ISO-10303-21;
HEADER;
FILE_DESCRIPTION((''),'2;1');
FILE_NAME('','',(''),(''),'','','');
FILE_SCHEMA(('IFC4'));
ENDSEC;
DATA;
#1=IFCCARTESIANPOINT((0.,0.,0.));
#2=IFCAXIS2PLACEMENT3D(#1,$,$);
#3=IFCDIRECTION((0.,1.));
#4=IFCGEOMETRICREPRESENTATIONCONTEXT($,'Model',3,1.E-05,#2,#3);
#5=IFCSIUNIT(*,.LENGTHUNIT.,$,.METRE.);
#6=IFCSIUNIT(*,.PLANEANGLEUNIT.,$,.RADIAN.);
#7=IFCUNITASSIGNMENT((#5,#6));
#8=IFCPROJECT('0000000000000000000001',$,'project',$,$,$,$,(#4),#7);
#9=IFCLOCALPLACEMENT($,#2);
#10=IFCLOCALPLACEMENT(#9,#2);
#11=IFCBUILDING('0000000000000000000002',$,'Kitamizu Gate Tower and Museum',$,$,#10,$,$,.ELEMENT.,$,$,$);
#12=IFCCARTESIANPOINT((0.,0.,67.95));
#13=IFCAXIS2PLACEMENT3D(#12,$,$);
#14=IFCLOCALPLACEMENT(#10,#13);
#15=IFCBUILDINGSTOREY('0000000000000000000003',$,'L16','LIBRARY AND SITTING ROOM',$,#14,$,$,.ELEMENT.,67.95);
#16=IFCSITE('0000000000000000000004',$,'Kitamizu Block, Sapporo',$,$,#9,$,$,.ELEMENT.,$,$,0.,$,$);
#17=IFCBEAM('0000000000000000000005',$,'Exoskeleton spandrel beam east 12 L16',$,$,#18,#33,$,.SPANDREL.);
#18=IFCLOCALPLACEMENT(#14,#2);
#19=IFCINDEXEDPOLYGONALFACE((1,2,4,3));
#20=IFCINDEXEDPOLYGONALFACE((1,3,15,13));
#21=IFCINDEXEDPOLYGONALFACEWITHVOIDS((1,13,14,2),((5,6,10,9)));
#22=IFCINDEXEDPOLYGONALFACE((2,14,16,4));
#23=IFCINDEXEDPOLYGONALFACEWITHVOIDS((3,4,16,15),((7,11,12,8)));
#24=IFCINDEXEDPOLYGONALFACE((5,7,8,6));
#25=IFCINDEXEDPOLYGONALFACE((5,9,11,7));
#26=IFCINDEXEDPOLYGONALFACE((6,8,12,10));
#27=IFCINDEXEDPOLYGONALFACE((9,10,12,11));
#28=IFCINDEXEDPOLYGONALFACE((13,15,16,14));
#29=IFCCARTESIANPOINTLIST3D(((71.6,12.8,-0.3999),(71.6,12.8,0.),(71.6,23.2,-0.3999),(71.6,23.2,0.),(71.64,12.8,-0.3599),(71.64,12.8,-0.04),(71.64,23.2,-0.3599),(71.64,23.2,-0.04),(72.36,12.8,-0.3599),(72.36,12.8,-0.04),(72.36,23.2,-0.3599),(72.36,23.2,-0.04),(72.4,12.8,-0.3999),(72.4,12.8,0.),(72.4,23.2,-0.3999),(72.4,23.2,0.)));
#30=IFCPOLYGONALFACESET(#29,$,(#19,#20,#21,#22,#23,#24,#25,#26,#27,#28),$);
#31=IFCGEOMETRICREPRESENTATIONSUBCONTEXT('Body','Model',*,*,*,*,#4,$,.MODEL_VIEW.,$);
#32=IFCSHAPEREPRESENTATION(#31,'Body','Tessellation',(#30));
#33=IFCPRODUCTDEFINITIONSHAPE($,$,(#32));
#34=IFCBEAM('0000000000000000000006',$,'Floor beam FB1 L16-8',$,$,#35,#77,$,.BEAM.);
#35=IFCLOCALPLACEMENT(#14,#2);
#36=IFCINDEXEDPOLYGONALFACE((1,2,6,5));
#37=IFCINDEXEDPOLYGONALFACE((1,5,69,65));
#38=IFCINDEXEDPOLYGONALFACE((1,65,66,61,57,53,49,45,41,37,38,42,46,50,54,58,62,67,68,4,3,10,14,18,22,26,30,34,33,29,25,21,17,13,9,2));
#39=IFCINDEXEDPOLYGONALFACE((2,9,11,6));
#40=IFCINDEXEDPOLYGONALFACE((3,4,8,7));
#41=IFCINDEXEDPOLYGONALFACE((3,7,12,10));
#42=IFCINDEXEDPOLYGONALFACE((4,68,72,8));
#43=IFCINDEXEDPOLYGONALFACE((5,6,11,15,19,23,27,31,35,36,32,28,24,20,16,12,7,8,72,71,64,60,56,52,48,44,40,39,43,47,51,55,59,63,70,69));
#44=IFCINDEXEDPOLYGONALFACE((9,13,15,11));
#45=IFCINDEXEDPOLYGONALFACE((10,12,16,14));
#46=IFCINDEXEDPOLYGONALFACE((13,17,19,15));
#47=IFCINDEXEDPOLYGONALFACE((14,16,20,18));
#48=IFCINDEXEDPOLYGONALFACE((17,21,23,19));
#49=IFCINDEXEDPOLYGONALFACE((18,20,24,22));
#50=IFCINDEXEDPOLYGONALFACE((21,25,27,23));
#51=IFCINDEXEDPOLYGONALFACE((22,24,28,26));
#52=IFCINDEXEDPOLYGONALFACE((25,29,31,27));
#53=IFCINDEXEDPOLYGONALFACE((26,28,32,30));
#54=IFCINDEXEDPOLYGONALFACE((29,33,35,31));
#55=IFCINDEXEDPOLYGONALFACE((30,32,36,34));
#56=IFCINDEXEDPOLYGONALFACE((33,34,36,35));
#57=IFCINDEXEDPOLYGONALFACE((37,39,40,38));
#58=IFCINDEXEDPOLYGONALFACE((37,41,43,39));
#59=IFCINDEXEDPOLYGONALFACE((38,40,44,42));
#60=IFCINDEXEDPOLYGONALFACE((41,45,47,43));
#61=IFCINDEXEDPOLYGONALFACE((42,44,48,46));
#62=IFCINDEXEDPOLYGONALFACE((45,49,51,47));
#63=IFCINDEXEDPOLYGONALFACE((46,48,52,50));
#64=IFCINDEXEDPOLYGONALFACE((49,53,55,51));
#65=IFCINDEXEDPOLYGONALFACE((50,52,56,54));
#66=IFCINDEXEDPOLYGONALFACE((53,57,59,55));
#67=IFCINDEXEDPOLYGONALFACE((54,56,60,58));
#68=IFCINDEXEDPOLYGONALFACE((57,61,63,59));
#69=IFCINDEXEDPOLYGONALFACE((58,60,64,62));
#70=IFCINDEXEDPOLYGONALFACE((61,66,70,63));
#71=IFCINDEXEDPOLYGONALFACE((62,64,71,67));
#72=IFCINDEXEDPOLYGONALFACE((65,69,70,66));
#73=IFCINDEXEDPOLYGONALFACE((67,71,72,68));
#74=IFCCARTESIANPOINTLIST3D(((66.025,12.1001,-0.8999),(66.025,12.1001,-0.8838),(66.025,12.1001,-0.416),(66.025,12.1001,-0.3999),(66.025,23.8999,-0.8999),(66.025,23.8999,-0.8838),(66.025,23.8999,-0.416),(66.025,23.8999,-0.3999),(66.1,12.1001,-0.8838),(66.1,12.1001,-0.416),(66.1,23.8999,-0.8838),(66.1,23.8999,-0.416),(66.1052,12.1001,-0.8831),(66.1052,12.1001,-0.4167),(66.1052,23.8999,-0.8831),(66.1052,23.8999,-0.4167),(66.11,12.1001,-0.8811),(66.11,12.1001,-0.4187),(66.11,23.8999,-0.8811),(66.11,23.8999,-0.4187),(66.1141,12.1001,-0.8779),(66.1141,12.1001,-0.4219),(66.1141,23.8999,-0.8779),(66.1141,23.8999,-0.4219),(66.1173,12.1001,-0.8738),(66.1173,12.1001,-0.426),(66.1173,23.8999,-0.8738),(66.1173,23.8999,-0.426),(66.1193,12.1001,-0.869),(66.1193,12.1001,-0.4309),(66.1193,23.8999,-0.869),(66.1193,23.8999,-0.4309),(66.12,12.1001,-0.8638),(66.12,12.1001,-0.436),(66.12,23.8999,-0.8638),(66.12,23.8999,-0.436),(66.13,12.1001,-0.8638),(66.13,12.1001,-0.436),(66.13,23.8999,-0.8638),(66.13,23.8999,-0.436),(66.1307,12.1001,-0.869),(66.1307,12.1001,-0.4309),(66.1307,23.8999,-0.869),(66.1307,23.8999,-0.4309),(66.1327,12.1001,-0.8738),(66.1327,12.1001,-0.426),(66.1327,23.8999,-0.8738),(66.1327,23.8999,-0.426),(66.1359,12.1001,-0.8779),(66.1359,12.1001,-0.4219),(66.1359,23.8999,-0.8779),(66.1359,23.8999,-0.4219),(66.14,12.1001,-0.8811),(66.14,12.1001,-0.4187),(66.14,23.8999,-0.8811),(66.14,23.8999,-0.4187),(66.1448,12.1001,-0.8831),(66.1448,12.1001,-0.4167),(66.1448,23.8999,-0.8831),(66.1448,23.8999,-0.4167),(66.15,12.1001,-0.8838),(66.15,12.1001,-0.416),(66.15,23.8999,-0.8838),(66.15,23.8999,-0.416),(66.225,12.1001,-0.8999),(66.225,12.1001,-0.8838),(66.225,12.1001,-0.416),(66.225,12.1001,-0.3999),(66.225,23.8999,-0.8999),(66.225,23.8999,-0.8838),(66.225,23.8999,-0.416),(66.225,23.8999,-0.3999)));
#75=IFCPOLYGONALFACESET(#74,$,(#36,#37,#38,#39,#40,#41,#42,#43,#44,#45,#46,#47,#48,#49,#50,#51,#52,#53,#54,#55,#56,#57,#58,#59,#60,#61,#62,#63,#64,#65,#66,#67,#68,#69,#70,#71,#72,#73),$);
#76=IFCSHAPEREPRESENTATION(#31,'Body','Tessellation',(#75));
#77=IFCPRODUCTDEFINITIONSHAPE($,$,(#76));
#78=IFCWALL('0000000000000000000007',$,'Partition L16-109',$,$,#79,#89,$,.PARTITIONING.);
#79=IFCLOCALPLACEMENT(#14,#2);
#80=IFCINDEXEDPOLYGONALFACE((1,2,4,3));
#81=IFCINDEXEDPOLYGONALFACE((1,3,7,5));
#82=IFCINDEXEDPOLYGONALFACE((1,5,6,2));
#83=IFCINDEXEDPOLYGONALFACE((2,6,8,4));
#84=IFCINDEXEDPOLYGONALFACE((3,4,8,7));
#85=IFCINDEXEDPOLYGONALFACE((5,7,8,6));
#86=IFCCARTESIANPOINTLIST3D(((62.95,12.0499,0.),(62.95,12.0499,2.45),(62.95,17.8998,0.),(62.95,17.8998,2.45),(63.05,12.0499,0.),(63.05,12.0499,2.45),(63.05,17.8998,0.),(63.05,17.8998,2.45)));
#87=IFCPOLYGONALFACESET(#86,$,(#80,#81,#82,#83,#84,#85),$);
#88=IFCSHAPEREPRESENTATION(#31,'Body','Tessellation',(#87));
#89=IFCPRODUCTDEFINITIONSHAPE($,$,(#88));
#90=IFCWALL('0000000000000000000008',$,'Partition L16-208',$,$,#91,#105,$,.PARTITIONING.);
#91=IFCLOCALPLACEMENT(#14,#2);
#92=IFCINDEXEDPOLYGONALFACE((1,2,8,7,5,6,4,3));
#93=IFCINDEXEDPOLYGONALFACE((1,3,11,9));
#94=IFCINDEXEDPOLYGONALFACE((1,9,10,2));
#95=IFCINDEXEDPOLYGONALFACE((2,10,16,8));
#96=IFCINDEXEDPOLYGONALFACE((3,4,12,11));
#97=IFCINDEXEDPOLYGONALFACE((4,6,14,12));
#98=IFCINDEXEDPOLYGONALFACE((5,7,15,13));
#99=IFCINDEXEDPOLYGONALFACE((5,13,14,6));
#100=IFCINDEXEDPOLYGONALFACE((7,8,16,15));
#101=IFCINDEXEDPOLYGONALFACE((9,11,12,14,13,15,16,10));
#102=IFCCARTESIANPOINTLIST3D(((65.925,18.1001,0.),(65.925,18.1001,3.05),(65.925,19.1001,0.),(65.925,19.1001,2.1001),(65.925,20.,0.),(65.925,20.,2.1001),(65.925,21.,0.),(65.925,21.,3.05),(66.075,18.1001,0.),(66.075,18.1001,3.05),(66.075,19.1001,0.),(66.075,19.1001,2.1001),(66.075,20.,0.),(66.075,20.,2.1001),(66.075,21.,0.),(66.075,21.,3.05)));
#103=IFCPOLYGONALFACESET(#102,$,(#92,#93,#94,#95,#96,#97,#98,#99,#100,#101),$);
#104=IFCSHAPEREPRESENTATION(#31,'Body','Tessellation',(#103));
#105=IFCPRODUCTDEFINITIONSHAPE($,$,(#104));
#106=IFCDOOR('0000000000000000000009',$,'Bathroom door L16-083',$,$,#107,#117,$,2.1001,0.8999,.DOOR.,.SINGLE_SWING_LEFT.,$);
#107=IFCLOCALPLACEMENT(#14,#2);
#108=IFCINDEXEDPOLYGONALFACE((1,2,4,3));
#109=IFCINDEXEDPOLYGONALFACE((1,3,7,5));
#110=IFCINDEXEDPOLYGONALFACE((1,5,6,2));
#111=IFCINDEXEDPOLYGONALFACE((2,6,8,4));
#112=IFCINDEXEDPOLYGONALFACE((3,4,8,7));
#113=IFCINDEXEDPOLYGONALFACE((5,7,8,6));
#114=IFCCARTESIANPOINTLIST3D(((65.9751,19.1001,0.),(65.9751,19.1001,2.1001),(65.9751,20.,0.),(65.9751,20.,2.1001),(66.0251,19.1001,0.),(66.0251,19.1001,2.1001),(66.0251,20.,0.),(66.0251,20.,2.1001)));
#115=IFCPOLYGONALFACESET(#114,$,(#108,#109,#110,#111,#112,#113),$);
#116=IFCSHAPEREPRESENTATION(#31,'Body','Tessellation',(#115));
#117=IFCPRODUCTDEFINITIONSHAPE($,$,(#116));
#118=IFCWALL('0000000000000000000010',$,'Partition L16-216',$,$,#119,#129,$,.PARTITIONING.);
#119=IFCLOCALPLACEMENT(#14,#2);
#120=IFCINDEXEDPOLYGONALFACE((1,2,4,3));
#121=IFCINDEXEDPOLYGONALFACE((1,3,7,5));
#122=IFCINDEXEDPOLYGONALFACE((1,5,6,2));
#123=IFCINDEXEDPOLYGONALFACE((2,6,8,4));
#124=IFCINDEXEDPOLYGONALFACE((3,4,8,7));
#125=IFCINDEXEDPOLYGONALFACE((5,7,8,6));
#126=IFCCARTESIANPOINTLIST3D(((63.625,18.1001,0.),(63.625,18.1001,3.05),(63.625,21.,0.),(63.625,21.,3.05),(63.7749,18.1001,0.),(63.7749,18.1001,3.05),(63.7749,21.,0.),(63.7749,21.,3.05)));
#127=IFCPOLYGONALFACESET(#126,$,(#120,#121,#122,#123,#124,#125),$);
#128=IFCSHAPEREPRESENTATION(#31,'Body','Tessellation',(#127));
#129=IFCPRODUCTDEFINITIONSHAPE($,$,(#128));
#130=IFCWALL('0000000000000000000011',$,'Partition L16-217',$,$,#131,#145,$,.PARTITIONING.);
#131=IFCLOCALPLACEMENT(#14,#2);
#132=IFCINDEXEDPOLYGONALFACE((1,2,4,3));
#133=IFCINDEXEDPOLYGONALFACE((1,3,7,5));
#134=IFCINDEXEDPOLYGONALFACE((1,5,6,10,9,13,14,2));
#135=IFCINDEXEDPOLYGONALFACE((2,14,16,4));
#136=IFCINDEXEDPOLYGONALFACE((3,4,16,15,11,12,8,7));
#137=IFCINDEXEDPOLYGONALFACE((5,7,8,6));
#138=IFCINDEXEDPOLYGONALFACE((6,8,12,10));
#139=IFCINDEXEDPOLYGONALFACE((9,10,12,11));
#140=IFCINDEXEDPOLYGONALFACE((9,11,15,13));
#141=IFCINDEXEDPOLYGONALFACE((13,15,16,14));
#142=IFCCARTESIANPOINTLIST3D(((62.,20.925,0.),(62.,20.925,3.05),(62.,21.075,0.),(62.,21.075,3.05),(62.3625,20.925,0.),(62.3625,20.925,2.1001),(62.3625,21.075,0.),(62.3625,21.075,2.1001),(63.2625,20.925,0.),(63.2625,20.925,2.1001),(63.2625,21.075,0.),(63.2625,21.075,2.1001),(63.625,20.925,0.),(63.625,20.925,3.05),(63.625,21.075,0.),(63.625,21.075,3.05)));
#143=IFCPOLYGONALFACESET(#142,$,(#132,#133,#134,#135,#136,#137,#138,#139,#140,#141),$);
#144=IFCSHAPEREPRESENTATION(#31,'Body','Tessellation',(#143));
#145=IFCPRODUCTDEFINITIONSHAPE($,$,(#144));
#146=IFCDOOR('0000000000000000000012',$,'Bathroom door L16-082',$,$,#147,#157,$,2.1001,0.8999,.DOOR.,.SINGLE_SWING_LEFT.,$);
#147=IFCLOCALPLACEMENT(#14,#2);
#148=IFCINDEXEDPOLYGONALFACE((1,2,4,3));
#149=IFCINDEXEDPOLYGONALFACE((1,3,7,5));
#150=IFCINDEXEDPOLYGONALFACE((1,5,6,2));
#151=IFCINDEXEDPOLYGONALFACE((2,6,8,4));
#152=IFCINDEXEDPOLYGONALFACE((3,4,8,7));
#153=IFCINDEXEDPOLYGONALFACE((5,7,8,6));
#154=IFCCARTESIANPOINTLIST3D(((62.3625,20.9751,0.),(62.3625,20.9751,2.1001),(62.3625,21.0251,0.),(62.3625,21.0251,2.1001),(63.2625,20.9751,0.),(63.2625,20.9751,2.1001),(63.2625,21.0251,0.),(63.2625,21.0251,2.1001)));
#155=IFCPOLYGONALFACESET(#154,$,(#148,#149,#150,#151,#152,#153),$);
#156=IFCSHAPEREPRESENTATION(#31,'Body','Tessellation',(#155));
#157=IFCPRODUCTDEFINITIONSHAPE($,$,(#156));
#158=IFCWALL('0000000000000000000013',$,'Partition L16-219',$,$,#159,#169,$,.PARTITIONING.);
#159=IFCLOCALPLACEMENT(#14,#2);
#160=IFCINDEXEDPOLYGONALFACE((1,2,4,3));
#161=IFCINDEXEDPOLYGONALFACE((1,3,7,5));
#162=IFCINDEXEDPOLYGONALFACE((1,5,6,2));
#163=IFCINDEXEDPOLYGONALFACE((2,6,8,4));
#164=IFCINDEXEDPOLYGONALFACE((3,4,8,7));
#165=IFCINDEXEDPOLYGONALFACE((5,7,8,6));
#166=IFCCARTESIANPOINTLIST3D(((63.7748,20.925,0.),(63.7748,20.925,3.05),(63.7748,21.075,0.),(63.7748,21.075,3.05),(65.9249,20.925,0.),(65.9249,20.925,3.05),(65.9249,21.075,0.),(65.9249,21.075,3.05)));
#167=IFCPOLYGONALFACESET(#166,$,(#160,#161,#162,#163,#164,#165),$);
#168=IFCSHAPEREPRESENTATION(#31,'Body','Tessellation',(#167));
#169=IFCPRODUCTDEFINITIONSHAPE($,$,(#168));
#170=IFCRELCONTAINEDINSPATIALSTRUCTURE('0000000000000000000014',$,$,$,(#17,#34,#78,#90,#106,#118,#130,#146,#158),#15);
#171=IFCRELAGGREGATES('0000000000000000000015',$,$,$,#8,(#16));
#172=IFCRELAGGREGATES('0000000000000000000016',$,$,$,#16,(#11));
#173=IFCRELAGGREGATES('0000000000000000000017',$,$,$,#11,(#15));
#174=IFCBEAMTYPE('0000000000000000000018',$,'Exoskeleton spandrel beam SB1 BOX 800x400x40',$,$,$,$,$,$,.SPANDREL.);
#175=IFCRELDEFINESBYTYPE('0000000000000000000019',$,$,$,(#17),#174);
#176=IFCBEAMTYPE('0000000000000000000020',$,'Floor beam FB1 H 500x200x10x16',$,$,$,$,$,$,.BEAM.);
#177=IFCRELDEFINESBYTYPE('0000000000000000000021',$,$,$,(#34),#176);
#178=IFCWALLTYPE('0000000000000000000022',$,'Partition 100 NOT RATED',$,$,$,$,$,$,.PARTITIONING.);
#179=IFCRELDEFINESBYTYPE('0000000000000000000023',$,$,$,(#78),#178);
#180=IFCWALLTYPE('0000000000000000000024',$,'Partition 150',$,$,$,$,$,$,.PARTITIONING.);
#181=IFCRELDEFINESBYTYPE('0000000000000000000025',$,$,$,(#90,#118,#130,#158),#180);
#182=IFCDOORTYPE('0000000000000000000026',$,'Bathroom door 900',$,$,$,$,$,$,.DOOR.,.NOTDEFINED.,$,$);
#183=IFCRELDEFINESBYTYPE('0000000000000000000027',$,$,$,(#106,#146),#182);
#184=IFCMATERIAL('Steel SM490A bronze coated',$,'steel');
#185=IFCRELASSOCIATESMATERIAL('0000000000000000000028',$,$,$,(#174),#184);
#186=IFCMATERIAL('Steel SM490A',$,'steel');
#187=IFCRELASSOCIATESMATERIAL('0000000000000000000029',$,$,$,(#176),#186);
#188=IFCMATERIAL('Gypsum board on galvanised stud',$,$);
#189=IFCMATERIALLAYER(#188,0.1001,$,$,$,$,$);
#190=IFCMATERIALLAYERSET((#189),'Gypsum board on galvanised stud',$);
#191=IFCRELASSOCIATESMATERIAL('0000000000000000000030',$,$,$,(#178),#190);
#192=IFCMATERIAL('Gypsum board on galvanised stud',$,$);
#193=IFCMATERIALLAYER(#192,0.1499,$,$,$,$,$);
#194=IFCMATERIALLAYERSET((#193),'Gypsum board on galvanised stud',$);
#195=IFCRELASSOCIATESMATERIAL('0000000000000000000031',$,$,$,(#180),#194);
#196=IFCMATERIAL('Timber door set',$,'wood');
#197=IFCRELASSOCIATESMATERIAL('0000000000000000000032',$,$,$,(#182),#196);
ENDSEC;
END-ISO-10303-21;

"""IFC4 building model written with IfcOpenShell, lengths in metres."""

from ifc_helpers import new_model, si_unit, direction, frame, frame_2d, origin, origin_2d, place, context, subcontext, project, spatial, rectangle, hollow_rectangle, i_section, extrude, material, layer, layer_set, material_profile, profile_set, type_object, element, fill, save


model = new_model("IFC4")

# Units and contexts
model_context = context("Model", 3, precision=1e-05, world=origin(), true_north=direction((0.0, 1.0)))
body_context = subcontext(model_context, "Body", "Model", "MODEL_VIEW")
ifc_project = project(units=[si_unit("LENGTHUNIT", "METRE"), si_unit("PLANEANGLEUNIT", "RADIAN")], contexts=[model_context])

# Site, building, storey
site_placement = place(None, origin())
site = spatial("IfcSite", under=ifc_project, at=site_placement, Name="Kitamizu Block, Sapporo", CompositionType="ELEMENT", RefElevation=0.0)
building_placement = place(site_placement, origin())
building = spatial("IfcBuilding", under=site, at=building_placement, Name="Kitamizu Gate Tower and Museum", CompositionType="ELEMENT")
storey_placement = place(building_placement, frame((0.0, 0.0, 67.95)))
storey = spatial("IfcBuildingStorey", under=building, at=storey_placement, Name="L16", Description="LIBRARY AND SITTING ROOM", CompositionType="ELEMENT", Elevation=67.95)

# Beams
ifc_material_1 = material(Name="Steel SM490A bronze coated", Category="steel")
ifc_material_profile_1 = material_profile(ifc_material_1, hollow_rectangle(XDim=0.8, YDim=0.3999, WallThickness=0.04, at=origin_2d()), Name="BOX 800x400x40")
ifc_profile_set_1 = profile_set([ifc_material_profile_1], Name="Steel SM490A bronze coated")
beam_type_1 = type_object("IfcBeamType", Name="Exoskeleton spandrel beam SB1 BOX 800x400x40", PredefinedType="SPANDREL", material=ifc_profile_set_1)
beam_1_placement = place(storey_placement, frame((72.0, 12.8, -0.2), z_axis=(0.0, 1.0, 0.0), x_axis=(-1.0, 0.0, 0.0)))
element("IfcBeam", 1, at=beam_1_placement, inside=storey, type_object=beam_type_1, Name="Exoskeleton spandrel beam east 12 L16", PredefinedType="SPANDREL", context=body_context, shape_type="SweptSolid", body=[
    extrude(hollow_rectangle(XDim=0.8, YDim=0.3999, WallThickness=0.04, at=origin_2d()), origin(), (0.0, 0.0, 1.0), 10.3999),
])
ifc_material_2 = material(Name="Steel SM490A", Category="steel")
ifc_material_profile_2 = material_profile(ifc_material_2, i_section(OverallWidth=0.2, OverallDepth=0.5, WebThickness=0.01, FlangeThickness=0.0161, FilletRadius=0.02, at=origin_2d()), Name="H-500x200x10x16")
ifc_profile_set_2 = profile_set([ifc_material_profile_2], Name="Steel SM490A")
beam_type_2 = type_object("IfcBeamType", Name="Floor beam FB1 H 500x200x10x16", PredefinedType="BEAM", material=ifc_profile_set_2)
beam_2_placement = place(storey_placement, frame((66.125, 12.1001, -0.6499), z_axis=(0.0, 1.0, 0.0), x_axis=(-1.0, 0.0, 0.0)))
element("IfcBeam", 2, at=beam_2_placement, inside=storey, type_object=beam_type_2, Name="Floor beam FB1 L16-8", PredefinedType="BEAM", context=body_context, shape_type="SweptSolid", body=[
    extrude(i_section(OverallWidth=0.2, OverallDepth=0.5, WebThickness=0.01, FlangeThickness=0.0161, FilletRadius=0.02, at=origin_2d()), origin(), (0.0, 0.0, 1.0), 11.7998),
])

# Wall
ifc_material_3 = material(Name="Gypsum board on galvanised stud")
ifc_layer_1 = layer(ifc_material_3, 0.1001)
ifc_layer_set_1 = layer_set([ifc_layer_1], Name="Gypsum board on galvanised stud")
wall_type_1 = type_object("IfcWallType", Name="Partition 100 NOT RATED", PredefinedType="PARTITIONING", material=ifc_layer_set_1)
wall_1_placement = place(storey_placement, frame((63.0, 12.05, 0.0), z_axis=(0.0, 0.0, 1.0), x_axis=(0.0, 1.0, 0.0)))
element("IfcWall", 3, at=wall_1_placement, inside=storey, type_object=wall_type_1, Name="Partition L16-109", PredefinedType="PARTITIONING", context=body_context, shape_type="SweptSolid", body=[
    extrude(rectangle(XDim=5.8499, YDim=0.1001, at=frame_2d((2.9248, 0.0))), origin(), (0.0, 0.0, 1.0), 2.45),
])

# Wall, opening, door
ifc_material_4 = material(Name="Gypsum board on galvanised stud")
ifc_layer_2 = layer(ifc_material_4, 0.1499)
ifc_layer_set_2 = layer_set([ifc_layer_2], Name="Gypsum board on galvanised stud")
wall_type_2 = type_object("IfcWallType", Name="Partition 150", PredefinedType="PARTITIONING", material=ifc_layer_set_2)
wall_2_placement = place(storey_placement, frame((66.0, 21.0, 0.0), z_axis=(0.0, 0.0, 1.0), x_axis=(0.0, -1.0, 0.0)))
wall_2 = element("IfcWall", 4, at=wall_2_placement, inside=storey, type_object=wall_type_2, Name="Partition L16-208", PredefinedType="PARTITIONING", context=body_context, shape_type="SweptSolid", body=[
    extrude(rectangle(XDim=2.8999, YDim=0.1499, at=frame_2d((1.45, 0.0))), origin(), (0.0, 0.0, 1.0), 3.05),
])
opening_1_placement = place(wall_2_placement, frame((1.0, 0.0, 0.0)))
opening_1 = element("IfcOpeningElement", 5, at=opening_1_placement, cuts=wall_2, PredefinedType="OPENING", context=body_context, shape_type="SweptSolid", body=[
    extrude(rectangle(XDim=0.8999, YDim=2.1001, at=frame_2d((0.45, 1.05))), frame((0.0, 0.085, 0.0), z_axis=(0.0, -1.0, 0.0), x_axis=(1.0, 0.0, 0.0)), (0.0, 0.0, 1.0), 0.1699),
])
ifc_material_5 = material(Name="Timber door set", Category="wood")
door_type = type_object("IfcDoorType", Name="Bathroom door 900", OperationType="NOTDEFINED", PredefinedType="DOOR", material=ifc_material_5)
door_1_placement = place(opening_1_placement, frame((0.8999, 0.0, 0.0), x_axis=(-1.0, 0.0, 0.0)))
door_1 = element("IfcDoor", 6, at=door_1_placement, inside=storey, type_object=door_type, Name="Bathroom door L16-083", OperationType="SINGLE_SWING_LEFT", OverallHeight=2.1001, OverallWidth=0.8999, PredefinedType="DOOR", context=body_context, shape_type="SweptSolid", body=[
    extrude(rectangle(XDim=0.8999, YDim=2.1001, at=frame_2d((0.45, 1.05))), frame((0.0, 0.0249, 0.0), z_axis=(0.0, -1.0, 0.0), x_axis=(1.0, 0.0, 0.0)), (0.0, 0.0, 1.0), 0.05),
])
fill(opening_1, door_1)

# Wall
wall_3_placement = place(storey_placement, frame((63.7, 18.1001, 0.0), z_axis=(0.0, 0.0, 1.0), x_axis=(0.0, 1.0, 0.0)))
element("IfcWall", 7, at=wall_3_placement, inside=storey, type_object=wall_type_2, Name="Partition L16-216", PredefinedType="PARTITIONING", context=body_context, shape_type="SweptSolid", body=[
    extrude(rectangle(XDim=2.8999, YDim=0.1499, at=frame_2d((1.45, 0.0))), origin(), (0.0, 0.0, 1.0), 3.05),
])

# Wall, opening, door
wall_4_placement = place(storey_placement, frame((63.625, 21.0, 0.0), z_axis=(0.0, 0.0, 1.0), x_axis=(-1.0, 0.0, 0.0)))
wall_4 = element("IfcWall", 8, at=wall_4_placement, inside=storey, type_object=wall_type_2, Name="Partition L16-217", PredefinedType="PARTITIONING", context=body_context, shape_type="SweptSolid", body=[
    extrude(rectangle(XDim=1.625, YDim=0.1499, at=frame_2d((0.8125, 0.0))), origin(), (0.0, 0.0, 1.0), 3.05),
])
opening_2_placement = place(wall_4_placement, frame((0.3625, 0.0, 0.0)))
opening_2 = element("IfcOpeningElement", 9, at=opening_2_placement, cuts=wall_4, PredefinedType="OPENING", context=body_context, shape_type="SweptSolid", body=[
    extrude(rectangle(XDim=0.8999, YDim=2.1001, at=frame_2d((0.45, 1.05))), frame((0.0, 0.085, 0.0), z_axis=(0.0, -1.0, 0.0), x_axis=(1.0, 0.0, 0.0)), (0.0, 0.0, 1.0), 0.1699),
])
door_2_placement = place(opening_2_placement, origin())
door_2 = element("IfcDoor", 10, at=door_2_placement, inside=storey, type_object=door_type, Name="Bathroom door L16-082", OperationType="SINGLE_SWING_LEFT", OverallHeight=2.1001, OverallWidth=0.8999, PredefinedType="DOOR", context=body_context, shape_type="SweptSolid", body=[
    extrude(rectangle(XDim=0.8999, YDim=2.1001, at=frame_2d((0.45, 1.05))), frame((0.0, 0.0249, 0.0), z_axis=(0.0, -1.0, 0.0), x_axis=(1.0, 0.0, 0.0)), (0.0, 0.0, 1.0), 0.05),
])
fill(opening_2, door_2)

# Wall
wall_5_placement = place(storey_placement, frame((65.925, 21.0, 0.0), z_axis=(0.0, 0.0, 1.0), x_axis=(-1.0, 0.0, 0.0)))
element("IfcWall", 11, at=wall_5_placement, inside=storey, type_object=wall_type_2, Name="Partition L16-219", PredefinedType="PARTITIONING", context=body_context, shape_type="SweptSolid", body=[
    extrude(rectangle(XDim=2.1501, YDim=0.1499, at=frame_2d((1.0752, 0.0))), origin(), (0.0, 0.0, 1.0), 3.05),
])

save(model, "model.ifc")
